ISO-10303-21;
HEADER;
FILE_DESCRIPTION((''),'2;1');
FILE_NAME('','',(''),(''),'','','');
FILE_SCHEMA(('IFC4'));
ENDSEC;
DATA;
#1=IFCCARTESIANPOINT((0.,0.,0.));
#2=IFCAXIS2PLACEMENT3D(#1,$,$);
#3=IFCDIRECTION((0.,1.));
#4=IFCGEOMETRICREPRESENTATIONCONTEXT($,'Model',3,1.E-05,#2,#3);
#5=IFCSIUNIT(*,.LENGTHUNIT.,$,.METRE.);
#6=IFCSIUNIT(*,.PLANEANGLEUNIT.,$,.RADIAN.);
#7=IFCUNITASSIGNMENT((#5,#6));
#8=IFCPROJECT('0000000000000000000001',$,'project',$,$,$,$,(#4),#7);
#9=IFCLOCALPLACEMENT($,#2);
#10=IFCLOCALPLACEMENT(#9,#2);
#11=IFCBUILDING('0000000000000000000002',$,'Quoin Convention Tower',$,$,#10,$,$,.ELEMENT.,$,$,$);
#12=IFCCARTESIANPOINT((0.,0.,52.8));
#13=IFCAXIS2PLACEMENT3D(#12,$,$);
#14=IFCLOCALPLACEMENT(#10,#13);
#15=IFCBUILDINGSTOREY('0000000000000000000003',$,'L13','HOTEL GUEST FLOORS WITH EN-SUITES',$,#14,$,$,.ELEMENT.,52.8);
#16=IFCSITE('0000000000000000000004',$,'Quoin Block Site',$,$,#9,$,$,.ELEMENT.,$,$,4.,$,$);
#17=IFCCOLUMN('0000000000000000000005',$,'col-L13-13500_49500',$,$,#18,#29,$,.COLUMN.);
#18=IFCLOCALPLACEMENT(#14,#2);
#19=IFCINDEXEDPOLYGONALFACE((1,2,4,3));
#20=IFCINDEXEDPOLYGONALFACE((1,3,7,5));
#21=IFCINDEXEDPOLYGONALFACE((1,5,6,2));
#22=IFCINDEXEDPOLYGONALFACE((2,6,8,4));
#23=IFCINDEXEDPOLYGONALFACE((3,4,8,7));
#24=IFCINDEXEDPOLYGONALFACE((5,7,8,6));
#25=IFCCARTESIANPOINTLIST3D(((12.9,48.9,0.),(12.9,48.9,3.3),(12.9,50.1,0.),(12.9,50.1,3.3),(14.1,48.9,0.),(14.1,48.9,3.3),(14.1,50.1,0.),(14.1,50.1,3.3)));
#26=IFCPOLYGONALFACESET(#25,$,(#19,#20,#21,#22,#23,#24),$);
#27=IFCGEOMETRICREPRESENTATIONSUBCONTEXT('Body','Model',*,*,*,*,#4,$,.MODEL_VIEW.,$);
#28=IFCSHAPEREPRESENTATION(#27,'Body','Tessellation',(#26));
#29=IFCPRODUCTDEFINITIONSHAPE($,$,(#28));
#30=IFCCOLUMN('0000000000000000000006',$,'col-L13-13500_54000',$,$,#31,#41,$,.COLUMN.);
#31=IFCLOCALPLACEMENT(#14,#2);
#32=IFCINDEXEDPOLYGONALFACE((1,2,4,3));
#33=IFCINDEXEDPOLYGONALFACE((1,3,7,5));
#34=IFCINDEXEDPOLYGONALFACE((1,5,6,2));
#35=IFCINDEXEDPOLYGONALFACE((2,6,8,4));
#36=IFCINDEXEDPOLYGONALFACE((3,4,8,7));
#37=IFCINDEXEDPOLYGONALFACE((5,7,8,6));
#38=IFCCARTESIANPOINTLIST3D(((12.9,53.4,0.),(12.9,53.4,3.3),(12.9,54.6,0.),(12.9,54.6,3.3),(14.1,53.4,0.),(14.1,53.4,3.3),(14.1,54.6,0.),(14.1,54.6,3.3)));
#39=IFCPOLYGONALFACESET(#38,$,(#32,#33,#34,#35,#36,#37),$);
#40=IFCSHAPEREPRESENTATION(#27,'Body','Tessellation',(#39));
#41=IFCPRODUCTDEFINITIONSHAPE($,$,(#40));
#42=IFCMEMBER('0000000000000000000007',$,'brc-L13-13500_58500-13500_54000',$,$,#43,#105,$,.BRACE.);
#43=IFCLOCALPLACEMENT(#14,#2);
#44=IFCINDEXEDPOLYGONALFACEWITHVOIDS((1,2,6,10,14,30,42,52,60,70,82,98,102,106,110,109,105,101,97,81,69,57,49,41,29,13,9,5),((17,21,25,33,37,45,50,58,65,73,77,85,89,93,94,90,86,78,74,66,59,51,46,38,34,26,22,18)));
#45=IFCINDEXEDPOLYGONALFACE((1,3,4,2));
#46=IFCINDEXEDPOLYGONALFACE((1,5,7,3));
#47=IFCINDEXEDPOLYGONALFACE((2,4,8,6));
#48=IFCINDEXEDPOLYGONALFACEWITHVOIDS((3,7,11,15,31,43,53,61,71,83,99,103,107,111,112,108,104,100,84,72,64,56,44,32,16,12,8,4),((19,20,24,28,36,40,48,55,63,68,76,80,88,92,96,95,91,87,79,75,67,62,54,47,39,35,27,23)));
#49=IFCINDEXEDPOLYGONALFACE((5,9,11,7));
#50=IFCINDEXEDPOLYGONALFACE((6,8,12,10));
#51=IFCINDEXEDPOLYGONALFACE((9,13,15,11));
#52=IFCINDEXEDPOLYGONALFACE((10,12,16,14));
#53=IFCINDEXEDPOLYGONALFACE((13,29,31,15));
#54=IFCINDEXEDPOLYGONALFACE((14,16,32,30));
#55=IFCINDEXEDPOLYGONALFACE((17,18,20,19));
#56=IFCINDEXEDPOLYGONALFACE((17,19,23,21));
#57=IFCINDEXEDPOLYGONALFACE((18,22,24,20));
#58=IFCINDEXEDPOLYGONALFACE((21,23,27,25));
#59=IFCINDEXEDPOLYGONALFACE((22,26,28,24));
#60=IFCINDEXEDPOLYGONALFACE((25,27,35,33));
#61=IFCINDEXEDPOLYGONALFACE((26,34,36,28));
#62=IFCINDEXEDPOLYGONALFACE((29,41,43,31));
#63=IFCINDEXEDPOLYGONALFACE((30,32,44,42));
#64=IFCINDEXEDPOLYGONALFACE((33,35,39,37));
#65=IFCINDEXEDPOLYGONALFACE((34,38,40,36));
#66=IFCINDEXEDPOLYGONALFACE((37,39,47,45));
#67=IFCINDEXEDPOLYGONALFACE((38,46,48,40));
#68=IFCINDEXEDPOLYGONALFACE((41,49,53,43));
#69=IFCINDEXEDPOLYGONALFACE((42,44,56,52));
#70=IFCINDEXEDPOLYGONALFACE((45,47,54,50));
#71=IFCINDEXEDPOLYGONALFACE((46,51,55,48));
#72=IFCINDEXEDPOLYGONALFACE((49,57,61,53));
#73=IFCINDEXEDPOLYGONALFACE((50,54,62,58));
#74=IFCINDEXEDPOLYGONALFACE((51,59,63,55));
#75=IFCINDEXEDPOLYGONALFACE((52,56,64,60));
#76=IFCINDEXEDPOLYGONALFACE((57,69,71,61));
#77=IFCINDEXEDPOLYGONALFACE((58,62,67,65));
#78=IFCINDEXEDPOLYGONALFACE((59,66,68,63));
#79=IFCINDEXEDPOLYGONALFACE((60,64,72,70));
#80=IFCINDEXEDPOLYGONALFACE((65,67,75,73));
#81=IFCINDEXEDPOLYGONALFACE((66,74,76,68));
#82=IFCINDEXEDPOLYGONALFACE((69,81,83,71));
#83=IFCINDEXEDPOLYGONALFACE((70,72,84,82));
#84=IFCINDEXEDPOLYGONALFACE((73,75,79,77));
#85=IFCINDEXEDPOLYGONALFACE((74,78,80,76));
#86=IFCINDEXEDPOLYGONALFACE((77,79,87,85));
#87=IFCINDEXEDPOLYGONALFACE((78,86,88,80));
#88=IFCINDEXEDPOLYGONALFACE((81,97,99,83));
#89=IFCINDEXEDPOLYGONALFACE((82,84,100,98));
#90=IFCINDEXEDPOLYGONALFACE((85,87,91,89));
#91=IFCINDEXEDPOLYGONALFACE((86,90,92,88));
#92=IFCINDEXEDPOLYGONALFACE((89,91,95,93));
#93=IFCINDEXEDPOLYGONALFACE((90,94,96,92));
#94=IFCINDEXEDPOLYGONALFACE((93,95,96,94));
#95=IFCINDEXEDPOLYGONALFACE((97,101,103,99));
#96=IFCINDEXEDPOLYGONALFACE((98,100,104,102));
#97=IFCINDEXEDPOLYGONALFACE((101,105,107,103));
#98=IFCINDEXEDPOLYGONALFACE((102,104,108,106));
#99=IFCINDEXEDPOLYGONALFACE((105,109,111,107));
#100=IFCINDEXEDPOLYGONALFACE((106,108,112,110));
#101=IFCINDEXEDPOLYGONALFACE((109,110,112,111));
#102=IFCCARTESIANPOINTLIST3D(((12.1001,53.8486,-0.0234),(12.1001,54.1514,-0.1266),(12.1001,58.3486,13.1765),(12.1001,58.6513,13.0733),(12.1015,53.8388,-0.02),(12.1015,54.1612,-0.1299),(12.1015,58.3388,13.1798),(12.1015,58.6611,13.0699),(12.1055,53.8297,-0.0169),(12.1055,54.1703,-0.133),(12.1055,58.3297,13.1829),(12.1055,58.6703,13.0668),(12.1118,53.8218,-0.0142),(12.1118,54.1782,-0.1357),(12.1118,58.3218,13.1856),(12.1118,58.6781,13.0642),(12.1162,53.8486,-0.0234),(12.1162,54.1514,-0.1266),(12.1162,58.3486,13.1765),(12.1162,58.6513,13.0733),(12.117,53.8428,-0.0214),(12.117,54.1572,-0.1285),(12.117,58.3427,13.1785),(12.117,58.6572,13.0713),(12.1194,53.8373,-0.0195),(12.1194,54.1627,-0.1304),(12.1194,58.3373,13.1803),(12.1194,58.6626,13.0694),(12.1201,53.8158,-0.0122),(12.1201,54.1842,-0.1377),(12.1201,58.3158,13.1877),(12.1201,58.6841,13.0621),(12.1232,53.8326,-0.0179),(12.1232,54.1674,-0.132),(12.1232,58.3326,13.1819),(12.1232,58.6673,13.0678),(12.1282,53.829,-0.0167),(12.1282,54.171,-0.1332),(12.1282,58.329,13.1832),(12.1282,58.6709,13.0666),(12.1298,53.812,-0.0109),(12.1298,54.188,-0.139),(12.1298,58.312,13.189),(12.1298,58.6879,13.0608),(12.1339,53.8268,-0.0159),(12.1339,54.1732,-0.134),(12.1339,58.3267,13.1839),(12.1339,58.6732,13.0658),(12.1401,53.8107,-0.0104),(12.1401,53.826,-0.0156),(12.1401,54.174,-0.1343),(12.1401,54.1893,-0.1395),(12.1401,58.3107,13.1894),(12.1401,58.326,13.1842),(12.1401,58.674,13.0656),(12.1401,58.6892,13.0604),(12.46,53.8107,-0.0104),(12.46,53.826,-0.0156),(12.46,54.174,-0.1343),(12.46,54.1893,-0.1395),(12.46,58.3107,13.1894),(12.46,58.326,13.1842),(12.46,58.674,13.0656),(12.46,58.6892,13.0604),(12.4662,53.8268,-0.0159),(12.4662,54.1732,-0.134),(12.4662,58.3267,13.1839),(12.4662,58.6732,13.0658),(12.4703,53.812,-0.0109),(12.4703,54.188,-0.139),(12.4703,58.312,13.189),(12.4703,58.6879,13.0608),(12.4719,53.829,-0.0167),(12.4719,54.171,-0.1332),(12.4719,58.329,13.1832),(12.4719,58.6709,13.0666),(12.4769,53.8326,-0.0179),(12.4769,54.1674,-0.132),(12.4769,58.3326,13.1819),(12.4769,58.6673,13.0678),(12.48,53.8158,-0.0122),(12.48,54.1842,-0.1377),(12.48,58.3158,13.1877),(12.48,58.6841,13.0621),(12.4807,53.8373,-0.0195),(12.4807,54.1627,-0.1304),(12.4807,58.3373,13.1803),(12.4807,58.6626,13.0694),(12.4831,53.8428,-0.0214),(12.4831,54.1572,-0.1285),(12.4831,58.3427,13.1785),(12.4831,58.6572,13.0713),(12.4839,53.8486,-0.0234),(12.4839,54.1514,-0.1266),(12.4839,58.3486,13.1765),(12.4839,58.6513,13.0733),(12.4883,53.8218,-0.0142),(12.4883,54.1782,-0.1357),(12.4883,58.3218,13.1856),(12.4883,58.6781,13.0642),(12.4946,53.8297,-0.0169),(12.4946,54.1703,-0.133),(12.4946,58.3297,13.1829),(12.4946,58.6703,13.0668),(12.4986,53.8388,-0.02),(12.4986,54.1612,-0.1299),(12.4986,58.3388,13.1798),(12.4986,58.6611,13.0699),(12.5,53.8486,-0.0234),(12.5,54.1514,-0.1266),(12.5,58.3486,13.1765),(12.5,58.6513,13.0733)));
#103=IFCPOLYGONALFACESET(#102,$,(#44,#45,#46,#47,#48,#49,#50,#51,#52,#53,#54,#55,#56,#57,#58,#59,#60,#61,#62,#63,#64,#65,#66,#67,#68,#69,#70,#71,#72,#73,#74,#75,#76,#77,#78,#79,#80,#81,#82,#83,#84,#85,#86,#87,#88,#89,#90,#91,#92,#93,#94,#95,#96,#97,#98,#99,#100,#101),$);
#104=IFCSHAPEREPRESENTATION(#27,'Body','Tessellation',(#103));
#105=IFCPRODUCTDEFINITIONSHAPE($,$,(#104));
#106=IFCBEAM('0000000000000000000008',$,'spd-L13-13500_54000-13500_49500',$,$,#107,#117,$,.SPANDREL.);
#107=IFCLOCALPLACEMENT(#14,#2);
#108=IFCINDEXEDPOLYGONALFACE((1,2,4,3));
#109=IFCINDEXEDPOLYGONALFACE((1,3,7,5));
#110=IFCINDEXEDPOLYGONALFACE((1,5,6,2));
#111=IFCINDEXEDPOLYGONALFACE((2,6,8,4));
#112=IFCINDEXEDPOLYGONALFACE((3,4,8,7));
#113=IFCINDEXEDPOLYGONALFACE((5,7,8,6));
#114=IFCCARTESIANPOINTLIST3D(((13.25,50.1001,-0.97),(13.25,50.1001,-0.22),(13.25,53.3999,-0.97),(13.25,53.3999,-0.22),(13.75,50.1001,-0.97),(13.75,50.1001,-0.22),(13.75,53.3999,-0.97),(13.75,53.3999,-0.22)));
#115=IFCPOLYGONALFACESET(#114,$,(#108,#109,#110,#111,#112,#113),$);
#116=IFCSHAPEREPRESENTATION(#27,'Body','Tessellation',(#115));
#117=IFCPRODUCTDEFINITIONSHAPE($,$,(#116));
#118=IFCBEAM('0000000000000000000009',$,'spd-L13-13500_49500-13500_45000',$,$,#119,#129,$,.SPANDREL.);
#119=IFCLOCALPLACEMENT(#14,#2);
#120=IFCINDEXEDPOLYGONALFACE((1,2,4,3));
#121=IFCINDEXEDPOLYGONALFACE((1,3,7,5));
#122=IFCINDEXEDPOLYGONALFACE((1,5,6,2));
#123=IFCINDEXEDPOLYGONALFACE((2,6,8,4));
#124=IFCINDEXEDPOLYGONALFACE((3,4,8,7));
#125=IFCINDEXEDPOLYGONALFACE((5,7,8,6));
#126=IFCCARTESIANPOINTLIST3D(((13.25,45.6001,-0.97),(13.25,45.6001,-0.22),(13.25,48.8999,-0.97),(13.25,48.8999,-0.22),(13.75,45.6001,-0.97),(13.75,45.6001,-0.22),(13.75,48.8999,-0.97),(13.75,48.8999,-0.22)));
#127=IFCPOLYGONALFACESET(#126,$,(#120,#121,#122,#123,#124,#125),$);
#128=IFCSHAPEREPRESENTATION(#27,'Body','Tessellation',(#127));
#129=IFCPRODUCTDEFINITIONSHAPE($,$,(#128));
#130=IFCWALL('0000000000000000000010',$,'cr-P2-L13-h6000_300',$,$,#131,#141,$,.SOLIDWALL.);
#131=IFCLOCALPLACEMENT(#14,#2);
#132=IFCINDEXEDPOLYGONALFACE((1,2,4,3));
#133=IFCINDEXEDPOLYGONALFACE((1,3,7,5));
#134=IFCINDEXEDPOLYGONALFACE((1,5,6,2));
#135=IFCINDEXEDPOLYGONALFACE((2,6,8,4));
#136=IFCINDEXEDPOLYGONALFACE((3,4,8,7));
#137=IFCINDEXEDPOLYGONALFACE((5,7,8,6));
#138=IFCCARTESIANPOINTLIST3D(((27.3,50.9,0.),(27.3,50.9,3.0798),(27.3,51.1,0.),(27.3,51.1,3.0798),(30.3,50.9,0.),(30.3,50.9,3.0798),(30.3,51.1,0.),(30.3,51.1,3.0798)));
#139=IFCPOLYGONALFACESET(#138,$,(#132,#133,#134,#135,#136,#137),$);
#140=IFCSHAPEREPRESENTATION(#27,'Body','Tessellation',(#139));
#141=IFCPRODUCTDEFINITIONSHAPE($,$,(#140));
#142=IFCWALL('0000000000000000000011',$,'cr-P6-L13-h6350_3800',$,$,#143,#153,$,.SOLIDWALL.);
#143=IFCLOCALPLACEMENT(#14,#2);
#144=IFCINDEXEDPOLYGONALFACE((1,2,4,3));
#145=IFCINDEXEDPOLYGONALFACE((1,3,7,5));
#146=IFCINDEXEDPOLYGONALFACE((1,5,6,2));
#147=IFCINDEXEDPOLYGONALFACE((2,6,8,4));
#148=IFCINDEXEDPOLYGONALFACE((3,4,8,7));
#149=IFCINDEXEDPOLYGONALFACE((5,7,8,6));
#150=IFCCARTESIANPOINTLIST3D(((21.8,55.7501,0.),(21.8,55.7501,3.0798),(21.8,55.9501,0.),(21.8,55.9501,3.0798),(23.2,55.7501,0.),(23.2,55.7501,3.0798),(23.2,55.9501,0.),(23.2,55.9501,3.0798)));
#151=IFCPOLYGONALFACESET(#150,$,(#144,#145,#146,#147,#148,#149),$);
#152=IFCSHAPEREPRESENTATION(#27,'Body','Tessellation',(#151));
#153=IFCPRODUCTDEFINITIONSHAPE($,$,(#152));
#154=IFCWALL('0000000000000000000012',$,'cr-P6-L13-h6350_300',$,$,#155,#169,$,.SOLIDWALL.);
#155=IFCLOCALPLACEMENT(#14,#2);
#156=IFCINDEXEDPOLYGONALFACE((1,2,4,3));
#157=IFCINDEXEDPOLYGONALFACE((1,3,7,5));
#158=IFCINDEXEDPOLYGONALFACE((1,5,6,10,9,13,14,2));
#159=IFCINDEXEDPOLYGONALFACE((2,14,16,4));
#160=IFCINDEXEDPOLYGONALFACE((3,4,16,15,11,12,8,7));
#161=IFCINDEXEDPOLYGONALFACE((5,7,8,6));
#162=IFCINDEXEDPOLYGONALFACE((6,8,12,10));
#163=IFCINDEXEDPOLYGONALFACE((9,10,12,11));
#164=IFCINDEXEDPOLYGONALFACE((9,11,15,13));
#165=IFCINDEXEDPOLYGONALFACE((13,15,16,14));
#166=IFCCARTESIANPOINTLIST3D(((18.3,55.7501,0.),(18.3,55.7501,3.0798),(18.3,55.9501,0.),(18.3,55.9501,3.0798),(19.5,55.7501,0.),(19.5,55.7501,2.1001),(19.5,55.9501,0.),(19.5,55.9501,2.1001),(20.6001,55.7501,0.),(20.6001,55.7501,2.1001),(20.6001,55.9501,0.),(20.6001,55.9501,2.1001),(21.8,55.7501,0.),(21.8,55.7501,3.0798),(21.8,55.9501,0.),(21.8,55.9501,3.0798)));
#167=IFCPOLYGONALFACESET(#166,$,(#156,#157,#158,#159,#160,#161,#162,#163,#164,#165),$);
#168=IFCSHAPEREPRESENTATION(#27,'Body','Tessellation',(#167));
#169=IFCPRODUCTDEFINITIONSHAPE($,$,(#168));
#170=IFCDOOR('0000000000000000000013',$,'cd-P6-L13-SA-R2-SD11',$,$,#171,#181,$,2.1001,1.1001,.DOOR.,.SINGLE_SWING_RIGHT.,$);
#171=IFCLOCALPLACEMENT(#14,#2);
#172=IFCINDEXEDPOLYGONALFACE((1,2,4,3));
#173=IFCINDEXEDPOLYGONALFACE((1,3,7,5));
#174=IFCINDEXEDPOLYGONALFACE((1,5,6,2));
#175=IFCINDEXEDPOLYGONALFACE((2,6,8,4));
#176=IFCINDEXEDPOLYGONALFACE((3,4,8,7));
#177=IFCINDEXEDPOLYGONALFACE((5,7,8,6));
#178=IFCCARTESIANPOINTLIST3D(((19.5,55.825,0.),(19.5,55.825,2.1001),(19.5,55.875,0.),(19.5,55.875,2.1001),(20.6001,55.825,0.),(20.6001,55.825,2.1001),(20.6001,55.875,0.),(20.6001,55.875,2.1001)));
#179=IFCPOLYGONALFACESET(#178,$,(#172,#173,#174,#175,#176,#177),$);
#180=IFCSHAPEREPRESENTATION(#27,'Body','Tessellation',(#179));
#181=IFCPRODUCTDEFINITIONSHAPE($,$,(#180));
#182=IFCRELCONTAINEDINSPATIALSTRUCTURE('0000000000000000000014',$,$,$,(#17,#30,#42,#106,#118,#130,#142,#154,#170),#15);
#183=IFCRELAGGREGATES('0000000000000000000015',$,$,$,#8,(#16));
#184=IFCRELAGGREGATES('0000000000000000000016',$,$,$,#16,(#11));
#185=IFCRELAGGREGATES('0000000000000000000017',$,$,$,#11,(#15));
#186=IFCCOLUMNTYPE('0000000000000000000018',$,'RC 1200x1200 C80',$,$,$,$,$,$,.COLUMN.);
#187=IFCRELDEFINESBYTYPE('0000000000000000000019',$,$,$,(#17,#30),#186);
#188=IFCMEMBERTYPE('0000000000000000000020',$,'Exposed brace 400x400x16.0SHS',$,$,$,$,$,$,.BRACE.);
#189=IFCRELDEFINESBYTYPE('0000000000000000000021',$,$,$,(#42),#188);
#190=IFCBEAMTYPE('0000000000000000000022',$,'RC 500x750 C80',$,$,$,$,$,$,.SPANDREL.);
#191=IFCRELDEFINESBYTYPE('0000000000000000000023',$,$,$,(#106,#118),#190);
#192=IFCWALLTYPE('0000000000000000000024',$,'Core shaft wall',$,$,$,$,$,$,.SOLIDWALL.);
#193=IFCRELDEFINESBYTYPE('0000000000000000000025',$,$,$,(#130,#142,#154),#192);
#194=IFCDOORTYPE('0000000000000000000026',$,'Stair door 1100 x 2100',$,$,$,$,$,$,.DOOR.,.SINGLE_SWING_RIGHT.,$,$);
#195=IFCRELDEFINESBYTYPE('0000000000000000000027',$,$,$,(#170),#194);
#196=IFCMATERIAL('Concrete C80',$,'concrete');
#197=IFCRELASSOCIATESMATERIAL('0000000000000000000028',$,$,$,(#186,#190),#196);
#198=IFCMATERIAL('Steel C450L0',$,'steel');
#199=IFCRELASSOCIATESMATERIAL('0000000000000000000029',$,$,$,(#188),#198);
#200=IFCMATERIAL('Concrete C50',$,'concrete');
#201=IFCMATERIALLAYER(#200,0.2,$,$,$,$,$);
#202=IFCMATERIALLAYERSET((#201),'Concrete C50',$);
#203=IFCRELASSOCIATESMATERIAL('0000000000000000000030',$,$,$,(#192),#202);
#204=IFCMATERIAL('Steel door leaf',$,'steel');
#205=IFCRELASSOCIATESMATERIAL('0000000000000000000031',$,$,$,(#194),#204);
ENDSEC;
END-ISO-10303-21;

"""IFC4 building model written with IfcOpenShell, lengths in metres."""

from ifc_helpers import new_model, si_unit, direction, frame, frame_2d, origin, origin_2d, place, context, subcontext, project, spatial, rectangle, hollow_rectangle, extrude, material, layer, layer_set, material_profile, profile_set, type_object, element, fill, save


model = new_model("IFC4")

# Units and contexts
model_context = context("Model", 3, precision=1e-05, world=origin(), true_north=direction((0.0, 1.0)))
body_context = subcontext(model_context, "Body", "Model", "MODEL_VIEW")
ifc_project = project(units=[si_unit("LENGTHUNIT", "METRE"), si_unit("PLANEANGLEUNIT", "RADIAN")], contexts=[model_context])

# Site, building, storey
site_placement = place(None, origin())
site = spatial("IfcSite", under=ifc_project, at=site_placement, Name="Quoin Block Site", CompositionType="ELEMENT", RefElevation=4.0)
building_placement = place(site_placement, origin())
building = spatial("IfcBuilding", under=site, at=building_placement, Name="Quoin Convention Tower", CompositionType="ELEMENT")
storey_placement = place(building_placement, frame((0.0, 0.0, 52.8)))
storey = spatial("IfcBuildingStorey", under=building, at=storey_placement, Name="L13", Description="HOTEL GUEST FLOORS WITH EN-SUITES", CompositionType="ELEMENT", Elevation=52.8)

# Columns
ifc_material_1 = material(Name="Concrete C80", Category="concrete")
ifc_material_profile_1 = material_profile(ifc_material_1, rectangle(XDim=1.2, YDim=1.2, at=origin_2d()), Name="RC 1200x1200")
ifc_profile_set_1 = profile_set([ifc_material_profile_1], Name="Concrete C80")
column_type = type_object("IfcColumnType", Name="RC 1200x1200 C80", PredefinedType="COLUMN", material=ifc_profile_set_1)
for number, where, z_axis, x_axis, name in (
    (1, (13.5, 49.5, 0.0), (0.0, 0.0, 1.0), (1.0, 0.0, 0.0), "col-L13-13500_49500"),
    (2, (13.5, 54.0, 0.0), (0.0, 0.0, 1.0), (1.0, 0.0, 0.0), "col-L13-13500_54000"),
):
    element("IfcColumn", number, at=place(storey_placement, frame(where, z_axis=z_axis, x_axis=x_axis)), inside=storey, type_object=column_type, Name=name, PredefinedType="COLUMN", context=body_context, shape_type="SweptSolid", body=[
        extrude(rectangle(XDim=1.2, YDim=1.2, at=origin_2d()), origin(), (0.0, 0.0, 1.0), 3.3),
    ])

# Member
ifc_material_2 = material(Name="Steel C450L0", Category="steel")
ifc_material_profile_2 = material_profile(ifc_material_2, hollow_rectangle(XDim=0.3999, YDim=0.3999, WallThickness=0.0161, InnerFilletRadius=0.0239, OuterFilletRadius=0.04, at=origin_2d()), Name="400x400x16.0SHS")
ifc_profile_set_2 = profile_set([ifc_material_profile_2], Name="Steel C450L0")
member_type = type_object("IfcMemberType", Name="Exposed brace 400x400x16.0SHS", PredefinedType="BRACE", material=ifc_profile_set_2)
member_placement = place(storey_placement, frame((12.3, 54.0, -0.075), z_axis=(0.0, 0.322675, 0.94651), x_axis=(-1.0, 0.0, 0.0)))
element("IfcMember", 3, at=member_placement, inside=storey, type_object=member_type, Name="brc-L13-13500_58500-13500_54000", PredefinedType="BRACE", context=body_context, shape_type="SweptSolid", body=[
    extrude(hollow_rectangle(XDim=0.3999, YDim=0.3999, WallThickness=0.0161, InnerFilletRadius=0.0239, OuterFilletRadius=0.04, at=origin_2d()), origin(), (0.0, 0.0, 1.0), 13.9458),
])

# Beams
ifc_material_profile_3 = material_profile(ifc_material_1, rectangle(XDim=0.5, YDim=0.75, at=origin_2d()), Name="RC 500x750")
ifc_profile_set_3 = profile_set([ifc_material_profile_3], Name="Concrete C80")
beam_type = type_object("IfcBeamType", Name="RC 500x750 C80", PredefinedType="SPANDREL", material=ifc_profile_set_3)
for number, where, z_axis, x_axis, name in (
    (4, (13.5, 53.3999, -0.595), (0.0, -1.0, 0.0), (1.0, 0.0, 0.0), "spd-L13-13500_54000-13500_49500"),
    (5, (13.5, 48.8999, -0.595), (0.0, -1.0, 0.0), (1.0, 0.0, 0.0), "spd-L13-13500_49500-13500_45000"),
):
    element("IfcBeam", number, at=place(storey_placement, frame(where, z_axis=z_axis, x_axis=x_axis)), inside=storey, type_object=beam_type, Name=name, PredefinedType="SPANDREL", context=body_context, shape_type="SweptSolid", body=[
        extrude(rectangle(XDim=0.5, YDim=0.75, at=origin_2d()), origin(), (0.0, 0.0, 1.0), 3.2998),
    ])

# Walls
ifc_material_3 = material(Name="Concrete C50", Category="concrete")
ifc_layer_1 = layer(ifc_material_3, 0.2)
ifc_layer_set_1 = layer_set([ifc_layer_1], Name="Concrete C50")
wall_type_1 = type_object("IfcWallType", Name="Core shaft wall", PredefinedType="SOLIDWALL", material=ifc_layer_set_1)
wall_1_placement = place(storey_placement, frame((27.3, 51.0, 0.0), z_axis=(0.0, 0.0, 1.0), x_axis=(1.0, 0.0, 0.0)))
element("IfcWall", 6, at=wall_1_placement, inside=storey, type_object=wall_type_1, Name="cr-P2-L13-h6000_300", PredefinedType="SOLIDWALL", context=body_context, shape_type="SweptSolid", body=[
    extrude(rectangle(XDim=3.0, YDim=0.2, at=frame_2d((1.5, 0.0))), origin(), (0.0, 0.0, 1.0), 3.0798),
])
wall_2_placement = place(storey_placement, frame((21.8, 55.8501, 0.0), z_axis=(0.0, 0.0, 1.0), x_axis=(1.0, 0.0, 0.0)))
element("IfcWall", 7, at=wall_2_placement, inside=storey, type_object=wall_type_1, Name="cr-P6-L13-h6350_3800", PredefinedType="SOLIDWALL", context=body_context, shape_type="SweptSolid", body=[
    extrude(rectangle(XDim=1.3999, YDim=0.2, at=frame_2d((0.7, 0.0))), origin(), (0.0, 0.0, 1.0), 3.0798),
])

# Wall, opening, door
wall_3_placement = place(storey_placement, frame((18.3, 55.8501, 0.0), z_axis=(0.0, 0.0, 1.0), x_axis=(1.0, 0.0, 0.0)))
wall_3 = element("IfcWall", 8, at=wall_3_placement, inside=storey, type_object=wall_type_1, Name="cr-P6-L13-h6350_300", PredefinedType="SOLIDWALL", context=body_context, shape_type="SweptSolid", body=[
    extrude(rectangle(XDim=3.5, YDim=0.2, at=frame_2d((1.75, 0.0))), origin(), (0.0, 0.0, 1.0), 3.0798),
])
opening_1_placement = place(wall_3_placement, frame((1.2, 0.0, 0.0)))
opening_1 = element("IfcOpeningElement", 9, at=opening_1_placement, cuts=wall_3, PredefinedType="OPENING", context=body_context, shape_type="SweptSolid", body=[
    extrude(rectangle(XDim=1.1001, YDim=2.1001, at=frame_2d((0.55, 1.05))), frame((0.0, 0.1099, 0.0), z_axis=(0.0, -1.0, 0.0), x_axis=(1.0, 0.0, 0.0)), (0.0, 0.0, 1.0), 0.22),
])
ifc_material_4 = material(Name="Steel door leaf", Category="steel")
door_type_1 = type_object("IfcDoorType", Name="Stair door 1100 x 2100", OperationType="SINGLE_SWING_RIGHT", PredefinedType="DOOR", material=ifc_material_4)
door_1_placement = place(opening_1_placement, origin())
door_1 = element("IfcDoor", 10, at=door_1_placement, inside=storey, type_object=door_type_1, Name="cd-P6-L13-SA-R2-SD11", OperationType="SINGLE_SWING_RIGHT", OverallHeight=2.1001, OverallWidth=1.1001, PredefinedType="DOOR", context=body_context, shape_type="SweptSolid", body=[
    extrude(rectangle(XDim=1.1001, YDim=2.1001, at=frame_2d((0.55, 1.05))), frame((0.0, 0.0249, 0.0), z_axis=(0.0, -1.0, 0.0), x_axis=(1.0, 0.0, 0.0)), (0.0, 0.0, 1.0), 0.05),
])
fill(opening_1, door_1)

save(model, "model.ifc")
